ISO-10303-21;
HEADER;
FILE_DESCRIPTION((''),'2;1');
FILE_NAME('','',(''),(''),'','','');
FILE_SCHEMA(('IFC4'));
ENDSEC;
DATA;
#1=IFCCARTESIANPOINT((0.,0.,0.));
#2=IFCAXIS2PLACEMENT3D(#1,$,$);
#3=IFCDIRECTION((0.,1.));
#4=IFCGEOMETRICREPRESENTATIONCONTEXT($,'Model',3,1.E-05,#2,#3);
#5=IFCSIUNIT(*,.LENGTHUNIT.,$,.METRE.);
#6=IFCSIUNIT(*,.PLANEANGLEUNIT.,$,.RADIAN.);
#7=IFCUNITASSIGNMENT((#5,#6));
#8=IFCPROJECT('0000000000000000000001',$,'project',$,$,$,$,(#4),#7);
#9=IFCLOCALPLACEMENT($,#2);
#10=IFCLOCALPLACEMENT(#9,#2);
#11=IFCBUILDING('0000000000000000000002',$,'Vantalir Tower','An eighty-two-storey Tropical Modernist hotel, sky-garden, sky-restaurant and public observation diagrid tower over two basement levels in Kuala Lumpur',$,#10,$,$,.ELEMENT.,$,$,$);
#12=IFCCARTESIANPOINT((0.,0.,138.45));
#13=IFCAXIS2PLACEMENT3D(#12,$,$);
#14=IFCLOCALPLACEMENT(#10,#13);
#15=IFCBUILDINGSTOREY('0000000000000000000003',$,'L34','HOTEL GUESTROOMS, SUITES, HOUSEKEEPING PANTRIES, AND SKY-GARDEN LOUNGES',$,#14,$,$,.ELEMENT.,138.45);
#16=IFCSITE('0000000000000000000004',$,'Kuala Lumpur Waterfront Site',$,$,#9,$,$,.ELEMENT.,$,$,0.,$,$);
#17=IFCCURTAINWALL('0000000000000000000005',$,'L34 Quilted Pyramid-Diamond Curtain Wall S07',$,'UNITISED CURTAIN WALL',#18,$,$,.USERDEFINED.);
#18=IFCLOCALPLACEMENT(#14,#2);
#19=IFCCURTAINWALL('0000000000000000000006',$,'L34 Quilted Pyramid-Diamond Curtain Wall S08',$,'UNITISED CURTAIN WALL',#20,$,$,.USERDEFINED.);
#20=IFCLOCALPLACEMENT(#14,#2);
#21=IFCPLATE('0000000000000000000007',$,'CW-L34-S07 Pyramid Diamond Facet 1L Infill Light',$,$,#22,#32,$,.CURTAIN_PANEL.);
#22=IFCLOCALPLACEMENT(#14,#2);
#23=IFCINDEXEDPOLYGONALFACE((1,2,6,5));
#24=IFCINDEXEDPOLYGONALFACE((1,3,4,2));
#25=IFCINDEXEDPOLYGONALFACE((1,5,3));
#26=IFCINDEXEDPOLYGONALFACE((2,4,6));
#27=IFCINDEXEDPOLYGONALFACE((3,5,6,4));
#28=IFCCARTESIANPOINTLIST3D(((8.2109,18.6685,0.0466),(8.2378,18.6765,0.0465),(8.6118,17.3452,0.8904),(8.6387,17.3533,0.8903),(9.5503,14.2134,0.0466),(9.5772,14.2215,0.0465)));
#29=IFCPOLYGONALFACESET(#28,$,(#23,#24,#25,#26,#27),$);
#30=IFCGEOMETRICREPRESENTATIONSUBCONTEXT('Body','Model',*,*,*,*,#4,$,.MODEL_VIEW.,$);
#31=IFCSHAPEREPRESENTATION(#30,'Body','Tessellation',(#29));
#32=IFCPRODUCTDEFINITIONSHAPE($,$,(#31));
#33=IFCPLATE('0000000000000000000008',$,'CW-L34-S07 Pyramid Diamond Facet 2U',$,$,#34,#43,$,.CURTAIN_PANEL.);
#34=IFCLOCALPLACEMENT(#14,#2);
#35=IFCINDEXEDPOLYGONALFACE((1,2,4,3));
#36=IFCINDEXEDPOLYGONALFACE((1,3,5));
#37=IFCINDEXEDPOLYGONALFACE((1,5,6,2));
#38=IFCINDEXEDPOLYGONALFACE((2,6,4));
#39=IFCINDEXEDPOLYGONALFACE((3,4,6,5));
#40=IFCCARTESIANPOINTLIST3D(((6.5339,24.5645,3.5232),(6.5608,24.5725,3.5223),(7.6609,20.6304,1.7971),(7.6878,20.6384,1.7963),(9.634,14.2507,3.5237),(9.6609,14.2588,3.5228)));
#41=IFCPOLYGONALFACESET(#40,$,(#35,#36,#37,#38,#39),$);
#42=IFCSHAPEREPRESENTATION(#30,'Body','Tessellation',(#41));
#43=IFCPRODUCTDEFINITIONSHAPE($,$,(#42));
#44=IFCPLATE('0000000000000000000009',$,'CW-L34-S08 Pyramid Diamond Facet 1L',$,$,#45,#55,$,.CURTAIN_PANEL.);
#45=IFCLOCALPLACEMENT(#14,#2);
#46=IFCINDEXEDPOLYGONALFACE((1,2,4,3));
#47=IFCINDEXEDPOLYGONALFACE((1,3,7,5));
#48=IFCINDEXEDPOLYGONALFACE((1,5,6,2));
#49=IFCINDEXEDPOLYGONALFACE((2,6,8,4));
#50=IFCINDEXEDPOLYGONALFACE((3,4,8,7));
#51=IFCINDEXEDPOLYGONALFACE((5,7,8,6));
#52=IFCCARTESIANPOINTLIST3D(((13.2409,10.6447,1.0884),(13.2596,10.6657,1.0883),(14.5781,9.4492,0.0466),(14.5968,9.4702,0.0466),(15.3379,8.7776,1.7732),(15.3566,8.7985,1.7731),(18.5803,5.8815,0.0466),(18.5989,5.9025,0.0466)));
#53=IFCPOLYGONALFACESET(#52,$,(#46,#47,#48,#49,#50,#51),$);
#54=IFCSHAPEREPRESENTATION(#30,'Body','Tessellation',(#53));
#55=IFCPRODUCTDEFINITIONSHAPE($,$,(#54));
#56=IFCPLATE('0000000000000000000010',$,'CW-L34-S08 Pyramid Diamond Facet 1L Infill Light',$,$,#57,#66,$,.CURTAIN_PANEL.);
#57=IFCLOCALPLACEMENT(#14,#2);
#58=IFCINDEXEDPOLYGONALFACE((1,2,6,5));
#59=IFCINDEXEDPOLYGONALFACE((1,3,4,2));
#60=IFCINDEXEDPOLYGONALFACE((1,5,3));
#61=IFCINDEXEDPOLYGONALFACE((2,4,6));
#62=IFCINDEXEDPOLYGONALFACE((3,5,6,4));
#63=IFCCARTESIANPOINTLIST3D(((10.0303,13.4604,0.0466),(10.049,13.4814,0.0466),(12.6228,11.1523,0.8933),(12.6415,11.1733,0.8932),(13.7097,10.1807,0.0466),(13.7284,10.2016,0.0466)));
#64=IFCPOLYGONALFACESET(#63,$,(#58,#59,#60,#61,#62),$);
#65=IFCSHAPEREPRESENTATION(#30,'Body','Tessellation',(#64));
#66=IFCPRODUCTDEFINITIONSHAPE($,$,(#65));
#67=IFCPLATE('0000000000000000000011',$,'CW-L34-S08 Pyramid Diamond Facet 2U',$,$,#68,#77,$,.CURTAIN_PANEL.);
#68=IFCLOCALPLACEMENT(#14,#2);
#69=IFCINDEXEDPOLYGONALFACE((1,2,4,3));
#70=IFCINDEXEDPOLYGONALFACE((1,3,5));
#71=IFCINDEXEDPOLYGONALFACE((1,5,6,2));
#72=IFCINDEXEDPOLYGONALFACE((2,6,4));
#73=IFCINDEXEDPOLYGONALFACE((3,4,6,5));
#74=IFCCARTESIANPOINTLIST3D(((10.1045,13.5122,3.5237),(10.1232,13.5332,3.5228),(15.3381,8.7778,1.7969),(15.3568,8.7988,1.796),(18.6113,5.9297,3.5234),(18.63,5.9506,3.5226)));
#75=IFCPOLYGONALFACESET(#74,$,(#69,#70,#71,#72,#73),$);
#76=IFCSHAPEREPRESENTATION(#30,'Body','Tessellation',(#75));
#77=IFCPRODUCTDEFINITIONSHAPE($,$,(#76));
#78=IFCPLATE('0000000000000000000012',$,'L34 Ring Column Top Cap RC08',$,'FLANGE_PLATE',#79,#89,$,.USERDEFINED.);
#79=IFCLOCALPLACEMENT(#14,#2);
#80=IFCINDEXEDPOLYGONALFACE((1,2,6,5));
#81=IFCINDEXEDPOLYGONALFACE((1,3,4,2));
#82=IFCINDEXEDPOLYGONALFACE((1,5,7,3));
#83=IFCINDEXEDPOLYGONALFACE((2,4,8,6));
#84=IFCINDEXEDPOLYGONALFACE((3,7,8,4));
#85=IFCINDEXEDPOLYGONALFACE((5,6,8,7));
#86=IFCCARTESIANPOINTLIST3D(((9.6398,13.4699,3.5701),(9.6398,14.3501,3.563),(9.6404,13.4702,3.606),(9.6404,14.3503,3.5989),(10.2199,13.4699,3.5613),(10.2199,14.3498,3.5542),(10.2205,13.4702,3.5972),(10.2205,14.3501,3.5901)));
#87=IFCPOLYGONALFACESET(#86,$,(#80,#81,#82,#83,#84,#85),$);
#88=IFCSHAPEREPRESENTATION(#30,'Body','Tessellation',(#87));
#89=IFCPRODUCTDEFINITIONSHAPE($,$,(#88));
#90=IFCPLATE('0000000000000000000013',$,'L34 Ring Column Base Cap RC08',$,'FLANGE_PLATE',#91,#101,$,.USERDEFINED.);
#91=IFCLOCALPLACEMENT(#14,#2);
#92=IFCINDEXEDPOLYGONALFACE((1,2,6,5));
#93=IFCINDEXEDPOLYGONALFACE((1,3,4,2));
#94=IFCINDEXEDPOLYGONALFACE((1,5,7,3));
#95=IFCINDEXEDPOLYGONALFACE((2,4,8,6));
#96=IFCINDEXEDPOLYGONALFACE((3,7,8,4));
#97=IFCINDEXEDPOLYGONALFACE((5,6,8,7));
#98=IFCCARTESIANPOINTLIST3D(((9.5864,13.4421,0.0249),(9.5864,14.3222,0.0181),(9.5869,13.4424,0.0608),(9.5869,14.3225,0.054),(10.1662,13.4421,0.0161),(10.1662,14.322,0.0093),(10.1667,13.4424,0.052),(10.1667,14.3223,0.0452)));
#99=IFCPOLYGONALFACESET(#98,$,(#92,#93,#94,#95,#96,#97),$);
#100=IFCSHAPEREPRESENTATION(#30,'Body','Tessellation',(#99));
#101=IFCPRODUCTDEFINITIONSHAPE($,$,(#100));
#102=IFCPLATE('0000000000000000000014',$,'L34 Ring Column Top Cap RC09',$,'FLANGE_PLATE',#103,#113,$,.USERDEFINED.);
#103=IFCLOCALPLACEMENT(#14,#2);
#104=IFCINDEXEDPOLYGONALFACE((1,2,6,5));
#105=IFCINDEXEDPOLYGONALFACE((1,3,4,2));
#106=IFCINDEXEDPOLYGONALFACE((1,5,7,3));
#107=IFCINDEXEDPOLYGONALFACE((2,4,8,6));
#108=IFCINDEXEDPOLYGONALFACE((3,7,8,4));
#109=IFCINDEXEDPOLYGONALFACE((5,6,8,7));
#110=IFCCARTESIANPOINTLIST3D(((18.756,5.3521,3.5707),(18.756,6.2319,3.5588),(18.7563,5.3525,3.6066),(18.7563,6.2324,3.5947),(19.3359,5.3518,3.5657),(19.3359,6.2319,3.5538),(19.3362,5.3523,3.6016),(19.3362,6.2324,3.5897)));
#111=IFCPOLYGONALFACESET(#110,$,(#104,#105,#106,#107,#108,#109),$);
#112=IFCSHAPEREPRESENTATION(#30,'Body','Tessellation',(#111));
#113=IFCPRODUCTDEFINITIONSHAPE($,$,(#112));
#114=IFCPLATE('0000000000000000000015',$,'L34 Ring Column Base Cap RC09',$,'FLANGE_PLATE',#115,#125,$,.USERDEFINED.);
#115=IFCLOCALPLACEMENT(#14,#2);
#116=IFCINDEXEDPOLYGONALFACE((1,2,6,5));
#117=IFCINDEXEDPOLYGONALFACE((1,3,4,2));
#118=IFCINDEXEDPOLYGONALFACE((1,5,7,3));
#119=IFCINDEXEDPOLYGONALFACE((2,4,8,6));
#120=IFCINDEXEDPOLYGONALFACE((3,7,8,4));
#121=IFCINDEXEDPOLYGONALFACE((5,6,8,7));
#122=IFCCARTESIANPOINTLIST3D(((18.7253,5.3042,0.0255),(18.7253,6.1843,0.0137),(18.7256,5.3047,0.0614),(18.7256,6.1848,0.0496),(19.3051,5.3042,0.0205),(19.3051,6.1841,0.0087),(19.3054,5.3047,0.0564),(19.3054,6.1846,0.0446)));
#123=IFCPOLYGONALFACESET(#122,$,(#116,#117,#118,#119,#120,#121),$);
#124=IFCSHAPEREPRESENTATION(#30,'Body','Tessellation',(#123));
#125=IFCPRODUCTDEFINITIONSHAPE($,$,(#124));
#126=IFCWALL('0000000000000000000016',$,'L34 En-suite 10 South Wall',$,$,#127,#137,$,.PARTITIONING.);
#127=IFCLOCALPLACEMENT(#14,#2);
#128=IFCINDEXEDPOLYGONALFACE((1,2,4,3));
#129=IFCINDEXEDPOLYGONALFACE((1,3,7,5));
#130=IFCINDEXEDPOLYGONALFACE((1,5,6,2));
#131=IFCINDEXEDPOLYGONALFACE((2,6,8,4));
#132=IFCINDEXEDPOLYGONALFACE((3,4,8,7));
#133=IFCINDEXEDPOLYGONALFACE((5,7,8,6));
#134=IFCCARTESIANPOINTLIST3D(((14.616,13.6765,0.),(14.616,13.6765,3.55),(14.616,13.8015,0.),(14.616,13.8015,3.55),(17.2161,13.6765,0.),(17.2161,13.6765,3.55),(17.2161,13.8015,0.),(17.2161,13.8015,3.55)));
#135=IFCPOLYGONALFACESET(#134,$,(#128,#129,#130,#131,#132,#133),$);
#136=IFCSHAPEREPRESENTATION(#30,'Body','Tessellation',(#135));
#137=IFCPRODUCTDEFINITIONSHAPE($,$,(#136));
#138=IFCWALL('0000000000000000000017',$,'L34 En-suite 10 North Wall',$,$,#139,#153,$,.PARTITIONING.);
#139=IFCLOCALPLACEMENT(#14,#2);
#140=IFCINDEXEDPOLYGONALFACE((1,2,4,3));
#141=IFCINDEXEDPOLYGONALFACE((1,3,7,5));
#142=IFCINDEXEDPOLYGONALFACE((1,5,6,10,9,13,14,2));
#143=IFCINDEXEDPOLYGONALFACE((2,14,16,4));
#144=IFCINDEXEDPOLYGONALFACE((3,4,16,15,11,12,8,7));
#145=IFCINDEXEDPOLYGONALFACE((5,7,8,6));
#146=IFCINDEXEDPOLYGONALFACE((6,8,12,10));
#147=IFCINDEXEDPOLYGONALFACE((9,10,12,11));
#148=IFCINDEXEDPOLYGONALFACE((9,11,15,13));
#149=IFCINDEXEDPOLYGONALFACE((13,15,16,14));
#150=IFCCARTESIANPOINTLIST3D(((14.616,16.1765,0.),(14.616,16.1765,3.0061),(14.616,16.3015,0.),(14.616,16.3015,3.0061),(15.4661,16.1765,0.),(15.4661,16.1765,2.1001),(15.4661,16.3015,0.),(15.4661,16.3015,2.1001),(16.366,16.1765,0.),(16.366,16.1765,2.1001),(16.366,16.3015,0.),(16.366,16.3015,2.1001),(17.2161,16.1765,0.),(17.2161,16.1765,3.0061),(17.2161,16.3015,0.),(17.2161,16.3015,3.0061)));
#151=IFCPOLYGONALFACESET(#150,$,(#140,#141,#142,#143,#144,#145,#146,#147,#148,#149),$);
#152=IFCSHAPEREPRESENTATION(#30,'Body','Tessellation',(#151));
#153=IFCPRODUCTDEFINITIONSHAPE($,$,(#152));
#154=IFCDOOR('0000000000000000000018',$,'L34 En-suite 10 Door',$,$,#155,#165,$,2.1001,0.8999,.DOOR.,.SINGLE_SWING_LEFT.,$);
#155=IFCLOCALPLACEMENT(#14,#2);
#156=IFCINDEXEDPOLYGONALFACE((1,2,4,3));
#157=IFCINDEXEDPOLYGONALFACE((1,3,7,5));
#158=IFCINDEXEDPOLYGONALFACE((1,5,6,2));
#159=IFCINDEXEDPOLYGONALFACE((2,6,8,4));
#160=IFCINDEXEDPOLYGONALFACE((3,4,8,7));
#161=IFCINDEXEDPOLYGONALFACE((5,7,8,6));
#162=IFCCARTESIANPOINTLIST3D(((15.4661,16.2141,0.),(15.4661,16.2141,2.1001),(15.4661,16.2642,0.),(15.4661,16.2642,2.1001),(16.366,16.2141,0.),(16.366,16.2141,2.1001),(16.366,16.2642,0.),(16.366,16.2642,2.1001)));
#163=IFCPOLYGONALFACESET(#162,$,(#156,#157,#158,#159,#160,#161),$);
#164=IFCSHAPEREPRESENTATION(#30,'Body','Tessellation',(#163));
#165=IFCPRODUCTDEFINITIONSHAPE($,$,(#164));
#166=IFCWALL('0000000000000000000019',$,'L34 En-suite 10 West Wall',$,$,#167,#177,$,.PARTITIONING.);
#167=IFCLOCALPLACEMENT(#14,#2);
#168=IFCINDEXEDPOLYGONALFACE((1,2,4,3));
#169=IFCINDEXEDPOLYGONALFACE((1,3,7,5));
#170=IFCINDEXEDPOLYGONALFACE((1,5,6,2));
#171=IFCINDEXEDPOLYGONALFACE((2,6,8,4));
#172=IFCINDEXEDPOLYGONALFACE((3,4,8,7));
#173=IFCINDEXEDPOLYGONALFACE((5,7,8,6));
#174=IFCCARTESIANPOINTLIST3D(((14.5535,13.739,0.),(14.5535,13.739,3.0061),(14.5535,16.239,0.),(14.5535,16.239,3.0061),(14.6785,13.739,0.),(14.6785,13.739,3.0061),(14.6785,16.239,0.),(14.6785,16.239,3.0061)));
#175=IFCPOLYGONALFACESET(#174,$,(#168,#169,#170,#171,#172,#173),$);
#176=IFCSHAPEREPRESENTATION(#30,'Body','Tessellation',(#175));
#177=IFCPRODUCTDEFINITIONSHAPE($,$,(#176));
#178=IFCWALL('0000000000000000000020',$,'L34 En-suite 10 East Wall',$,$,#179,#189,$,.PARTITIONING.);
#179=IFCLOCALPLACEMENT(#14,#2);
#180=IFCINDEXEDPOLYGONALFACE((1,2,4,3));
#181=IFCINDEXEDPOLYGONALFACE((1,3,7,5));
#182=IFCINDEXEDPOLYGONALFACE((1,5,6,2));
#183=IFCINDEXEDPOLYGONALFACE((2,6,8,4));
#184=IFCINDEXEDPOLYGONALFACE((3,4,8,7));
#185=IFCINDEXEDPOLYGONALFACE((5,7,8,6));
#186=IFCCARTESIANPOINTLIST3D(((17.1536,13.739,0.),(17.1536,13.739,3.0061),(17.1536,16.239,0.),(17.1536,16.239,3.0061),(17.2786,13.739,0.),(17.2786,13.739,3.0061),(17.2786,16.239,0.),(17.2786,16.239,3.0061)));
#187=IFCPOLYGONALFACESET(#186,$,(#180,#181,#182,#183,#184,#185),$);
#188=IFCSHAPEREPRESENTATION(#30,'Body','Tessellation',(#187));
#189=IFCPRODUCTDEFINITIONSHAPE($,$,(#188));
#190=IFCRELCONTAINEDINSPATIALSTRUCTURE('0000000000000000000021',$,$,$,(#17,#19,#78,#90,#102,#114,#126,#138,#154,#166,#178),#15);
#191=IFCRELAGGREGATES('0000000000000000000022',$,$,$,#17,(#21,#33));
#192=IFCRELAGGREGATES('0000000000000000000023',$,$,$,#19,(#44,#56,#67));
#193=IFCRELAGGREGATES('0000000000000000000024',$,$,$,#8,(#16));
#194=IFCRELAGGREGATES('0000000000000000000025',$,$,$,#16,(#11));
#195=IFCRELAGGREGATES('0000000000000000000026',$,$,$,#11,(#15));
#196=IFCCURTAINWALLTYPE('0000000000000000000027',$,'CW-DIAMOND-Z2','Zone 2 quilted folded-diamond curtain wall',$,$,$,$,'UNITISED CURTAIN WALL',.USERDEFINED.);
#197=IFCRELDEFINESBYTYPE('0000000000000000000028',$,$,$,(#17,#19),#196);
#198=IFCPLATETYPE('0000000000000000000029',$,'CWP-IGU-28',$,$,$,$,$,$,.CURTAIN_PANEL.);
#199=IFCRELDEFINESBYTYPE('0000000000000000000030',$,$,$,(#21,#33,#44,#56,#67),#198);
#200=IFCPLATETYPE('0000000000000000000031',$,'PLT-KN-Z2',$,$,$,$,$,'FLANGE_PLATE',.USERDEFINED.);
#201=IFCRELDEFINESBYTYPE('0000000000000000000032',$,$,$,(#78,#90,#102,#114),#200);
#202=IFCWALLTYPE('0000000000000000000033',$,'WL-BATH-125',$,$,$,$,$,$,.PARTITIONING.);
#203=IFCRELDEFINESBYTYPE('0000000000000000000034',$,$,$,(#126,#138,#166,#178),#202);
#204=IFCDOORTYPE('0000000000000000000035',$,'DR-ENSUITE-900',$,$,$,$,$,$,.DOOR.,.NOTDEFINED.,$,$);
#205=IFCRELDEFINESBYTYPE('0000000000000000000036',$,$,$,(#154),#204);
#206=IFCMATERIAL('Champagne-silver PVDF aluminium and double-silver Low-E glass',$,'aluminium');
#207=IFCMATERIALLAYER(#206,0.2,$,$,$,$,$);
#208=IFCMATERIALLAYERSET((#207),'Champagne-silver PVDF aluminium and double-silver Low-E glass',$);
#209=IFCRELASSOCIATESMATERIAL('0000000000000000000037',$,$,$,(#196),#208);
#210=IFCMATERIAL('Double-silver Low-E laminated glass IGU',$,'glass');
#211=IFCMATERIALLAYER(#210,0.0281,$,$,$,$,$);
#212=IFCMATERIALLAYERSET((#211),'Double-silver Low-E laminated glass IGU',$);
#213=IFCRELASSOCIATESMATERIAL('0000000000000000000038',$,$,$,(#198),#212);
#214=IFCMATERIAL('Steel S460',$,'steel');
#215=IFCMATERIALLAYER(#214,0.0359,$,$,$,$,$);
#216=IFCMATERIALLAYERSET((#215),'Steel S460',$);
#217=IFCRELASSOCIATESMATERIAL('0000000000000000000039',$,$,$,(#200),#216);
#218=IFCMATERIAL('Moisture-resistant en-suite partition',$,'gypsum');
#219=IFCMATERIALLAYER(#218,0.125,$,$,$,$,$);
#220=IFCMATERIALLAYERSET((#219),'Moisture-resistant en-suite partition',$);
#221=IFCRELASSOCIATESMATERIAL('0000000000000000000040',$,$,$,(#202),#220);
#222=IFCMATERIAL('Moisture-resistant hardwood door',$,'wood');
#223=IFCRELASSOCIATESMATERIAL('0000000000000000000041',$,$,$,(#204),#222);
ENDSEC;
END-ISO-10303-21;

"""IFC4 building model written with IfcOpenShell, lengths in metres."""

from ifc_helpers import new_model, si_unit, direction, frame, frame_2d, origin, place, context, subcontext, project, spatial, polyline, rectangle, outline, extrude, material, layer, layer_set, type_object, element, fill, aggregate, save


model = new_model("IFC4")

# Units and contexts
model_context = context("Model", 3, precision=1e-05, world=origin(), true_north=direction((0.0, 1.0)))
body_context = subcontext(model_context, "Body", "Model", "MODEL_VIEW")
ifc_project = project(units=[si_unit("LENGTHUNIT", "METRE"), si_unit("PLANEANGLEUNIT", "RADIAN")], contexts=[model_context])

# Site, building, storey
site_placement = place(None, origin())
site = spatial("IfcSite", under=ifc_project, at=site_placement, Name="Kuala Lumpur Waterfront Site", CompositionType="ELEMENT", RefElevation=0.0)
building_placement = place(site_placement, origin())
building = spatial("IfcBuilding", under=site, at=building_placement, Name="Vantalir Tower", Description="An eighty-two-storey Tropical Modernist hotel, sky-garden, sky-restaurant and public observation diagrid tower over two basement levels in Kuala Lumpur", CompositionType="ELEMENT")
storey_placement = place(building_placement, frame((0.0, 0.0, 138.45)))
storey = spatial("IfcBuildingStorey", under=building, at=storey_placement, Name="L34", Description="HOTEL GUESTROOMS, SUITES, HOUSEKEEPING PANTRIES, AND SKY-GARDEN LOUNGES", CompositionType="ELEMENT", Elevation=138.45)

# Shared definitions
ifc_material_1 = material(Name="Steel S460", Category="steel")

# Curtain wall
ifc_material_2 = material(Name="Champagne-silver PVDF aluminium and double-silver Low-E glass", Category="aluminium")
ifc_layer_1 = layer(ifc_material_2, 0.2)
ifc_layer_set_1 = layer_set([ifc_layer_1], Name="Champagne-silver PVDF aluminium and double-silver Low-E glass")
curtain_wall_type = type_object("IfcCurtainWallType", Name="CW-DIAMOND-Z2", Description="Zone 2 quilted folded-diamond curtain wall", ElementType="UNITISED CURTAIN WALL", PredefinedType="USERDEFINED", material=ifc_layer_set_1)
curtain_wall_1_placement = place(storey_placement, origin())
curtain_wall_1 = element("IfcCurtainWall", 1, at=curtain_wall_1_placement, inside=storey, type_object=curtain_wall_type, Name="L34 Quilted Pyramid-Diamond Curtain Wall S07", ObjectType="UNITISED CURTAIN WALL", PredefinedType="USERDEFINED")

# Curtain wall
curtain_wall_2_placement = place(storey_placement, origin())
curtain_wall_2 = element("IfcCurtainWall", 2, at=curtain_wall_2_placement, inside=storey, type_object=curtain_wall_type, Name="L34 Quilted Pyramid-Diamond Curtain Wall S08", ObjectType="UNITISED CURTAIN WALL", PredefinedType="USERDEFINED")

# Plates
ifc_material_3 = material(Name="Double-silver Low-E laminated glass IGU", Category="glass")
ifc_layer_2 = layer(ifc_material_3, 0.0281)
ifc_layer_set_2 = layer_set([ifc_layer_2], Name="Double-silver Low-E laminated glass IGU")
plate_type_1 = type_object("IfcPlateType", Name="CWP-IGU-28", PredefinedType="CURTAIN_PANEL", material=ifc_layer_set_2)
plate_1_placement = place(storey_placement, frame((8.2109, 18.6685, 0.0466), z_axis=(-0.957653, -0.287905, 0.003479), x_axis=(0.287906, -0.957659, 0.0)))
plate_1 = element("IfcPlate", 3, at=plate_1_placement, type_object=plate_type_1, Name="CW-L34-S07 Pyramid Diamond Facet 1L Infill Light", PredefinedType="CURTAIN_PANEL", context=body_context, shape_type="SweptSolid", body=[
    extrude(outline(polyline([(0.0, 0.0), (4.6521, 0.0), (1.3826, 0.8438), (0.0, 0.0)])), origin(), (0.0, 0.0, -1.0), 0.0281),
])
plate_2_placement = place(storey_placement, frame((9.634, 14.2507, 3.5237), z_axis=(-0.957219, -0.287719, 0.030804), x_axis=(-0.287857, 0.957673, -0.000045)))
plate_2 = element("IfcPlate", 4, at=plate_2_placement, type_object=plate_type_1, Name="CW-L34-S07 Pyramid Diamond Facet 2U", PredefinedType="CURTAIN_PANEL", context=body_context, shape_type="SweptSolid", body=[
    extrude(outline(polyline([(0.0, 0.0), (10.7696, 0.0), (6.6777, 1.7271), (0.0, 0.0)])), origin(), (0.0, 0.0, -1.0), 0.0281),
])
aggregate(curtain_wall_1, [plate_1, plate_2])
plate_3_placement = place(storey_placement, frame((14.5781, 9.4492, 0.0466), z_axis=(-0.665429, -0.746457, 0.002448), x_axis=(0.746459, -0.665431, 0.0)))
plate_3 = element("IfcPlate", 5, at=plate_3_placement, type_object=plate_type_1, Name="CW-L34-S08 Pyramid Diamond Facet 1L", PredefinedType="CURTAIN_PANEL", context=body_context, shape_type="SweptSolid", body=[
    extrude(outline(polyline([(0.0, 0.0), (5.3615, 0.0), (1.0141, 1.7266), (-1.7937, 1.0418), (0.0, 0.0)])), origin(), (0.0, 0.0, -1.0), 0.0281),
])
plate_4_placement = place(storey_placement, frame((10.0303, 13.4604, 0.0466), z_axis=(-0.6654, -0.746483, 0.002491), x_axis=(0.746485, -0.665402, 0.0)))
plate_4 = element("IfcPlate", 6, at=plate_4_placement, type_object=plate_type_1, Name="CW-L34-S08 Pyramid Diamond Facet 1L Infill Light", PredefinedType="CURTAIN_PANEL", context=body_context, shape_type="SweptSolid", body=[
    extrude(outline(polyline([(0.0, 0.0), (4.929, 0.0), (3.4711, 0.8467), (0.0, 0.0)])), origin(), (0.0, 0.0, -1.0), 0.0281),
])
plate_5_placement = place(storey_placement, frame((18.6113, 5.9297, 3.5234), z_axis=(-0.665087, -0.746163, 0.02999), x_axis=(-0.746498, 0.665387, 0.000021)))
plate_5 = element("IfcPlate", 7, at=plate_5_placement, type_object=plate_type_1, Name="CW-L34-S08 Pyramid Diamond Facet 2U", PredefinedType="CURTAIN_PANEL", context=body_context, shape_type="SweptSolid", body=[
    extrude(outline(polyline([(0.0, 0.0), (11.3957, 0.0), (4.3385, 1.7274), (0.0, 0.0)])), origin(), (0.0, 0.0, -1.0), 0.0281),
])
aggregate(curtain_wall_2, [plate_3, plate_4, plate_5])

# Plates
ifc_layer_3 = layer(ifc_material_1, 0.0359)
ifc_layer_set_3 = layer_set([ifc_layer_3], Name="Steel S460")
plate_type_2 = type_object("IfcPlateType", Name="PLT-KN-Z2", ElementType="FLANGE_PLATE", PredefinedType="USERDEFINED", material=ifc_layer_set_3)
plate_6_placement = place(storey_placement, frame((9.6404, 14.3503, 3.5989), z_axis=(0.015151, 0.008044, 0.999853), x_axis=(0.0, -0.999968, 0.008045)))
element("IfcPlate", 8, at=plate_6_placement, inside=storey, type_object=plate_type_2, Name="L34 Ring Column Top Cap RC08", ObjectType="FLANGE_PLATE", PredefinedType="USERDEFINED", context=body_context, shape_type="SweptSolid", body=[
    extrude(outline(polyline([(0.0, 0.0), (0.8802, 0.0), (0.8801, 0.5801), (0.0002, 0.5801), (0.0, 0.0)])), origin(), (0.0, 0.0, -1.0), 0.0359),
])
plate_7_placement = place(storey_placement, frame((9.5869, 14.3225, 0.054), z_axis=(0.015157, 0.007767, 0.999855), x_axis=(0.0, -0.99997, 0.007768)))
element("IfcPlate", 9, at=plate_7_placement, inside=storey, type_object=plate_type_2, Name="L34 Ring Column Base Cap RC08", ObjectType="FLANGE_PLATE", PredefinedType="USERDEFINED", context=body_context, shape_type="SweptSolid", body=[
    extrude(outline(polyline([(0.0, 0.0), (0.8802, 0.0), (0.8801, 0.5799), (0.0002, 0.5799), (0.0, 0.0)])), origin(), (0.0, 0.0, -1.0), 0.0359),
])
plate_8_placement = place(storey_placement, frame((18.7563, 6.2324, 3.5947), z_axis=(0.008633, 0.013454, 0.999872), x_axis=(0.000001, -0.999909, 0.013454)))
element("IfcPlate", 10, at=plate_8_placement, inside=storey, type_object=plate_type_2, Name="L34 Ring Column Top Cap RC09", ObjectType="FLANGE_PLATE", PredefinedType="USERDEFINED", context=body_context, shape_type="SweptSolid", body=[
    extrude(outline(polyline([(0.0, 0.0), (0.88, 0.0), (0.8801, 0.5799), (-0.0001, 0.5799), (0.0, 0.0)])), origin(), (0.0, 0.0, -1.0), 0.0359),
])
plate_9_placement = place(storey_placement, frame((18.7256, 6.1848, 0.0496), z_axis=(0.008633, 0.013454, 0.999872), x_axis=(-0.000001, -0.999909, 0.013454)))
element("IfcPlate", 11, at=plate_9_placement, inside=storey, type_object=plate_type_2, Name="L34 Ring Column Base Cap RC09", ObjectType="FLANGE_PLATE", PredefinedType="USERDEFINED", context=body_context, shape_type="SweptSolid", body=[
    extrude(outline(polyline([(0.0, 0.0), (0.8802, 0.0), (0.8801, 0.5799), (0.0002, 0.5799), (0.0, 0.0)])), origin(), (0.0, 0.0, -1.0), 0.0359),
])

# Wall
ifc_material_4 = material(Name="Moisture-resistant en-suite partition", Category="gypsum")
ifc_layer_4 = layer(ifc_material_4, 0.125)
ifc_layer_set_4 = layer_set([ifc_layer_4], Name="Moisture-resistant en-suite partition")
wall_type_1 = type_object("IfcWallType", Name="WL-BATH-125", PredefinedType="PARTITIONING", material=ifc_layer_set_4)
wall_1_placement = place(storey_placement, frame((14.616, 13.739, 0.0), z_axis=(0.0, 0.0, 1.0), x_axis=(1.0, 0.0, 0.0)))
element("IfcWall", 12, at=wall_1_placement, inside=storey, type_object=wall_type_1, Name="L34 En-suite 10 South Wall", PredefinedType="PARTITIONING", context=body_context, shape_type="SweptSolid", body=[
    extrude(rectangle(XDim=2.6001, YDim=0.125, at=frame_2d((1.3, 0.0))), origin(), (0.0, 0.0, 1.0), 3.55),
])

# Wall, opening, door
wall_2_placement = place(storey_placement, frame((14.616, 16.239, 0.0), z_axis=(0.0, 0.0, 1.0), x_axis=(1.0, 0.0, 0.0)))
wall_2 = element("IfcWall", 13, at=wall_2_placement, inside=storey, type_object=wall_type_1, Name="L34 En-suite 10 North Wall", PredefinedType="PARTITIONING", context=body_context, shape_type="SweptSolid", body=[
    extrude(rectangle(XDim=2.6001, YDim=0.125, at=frame_2d((1.3, 0.0))), origin(), (0.0, 0.0, 1.0), 3.0061),
])
opening_1_placement = place(wall_2_placement, frame((0.8501, 0.0, 0.0)))
opening_1 = element("IfcOpeningElement", 14, at=opening_1_placement, cuts=wall_2, PredefinedType="OPENING", context=body_context, shape_type="SweptSolid", body=[
    extrude(rectangle(XDim=0.8999, YDim=2.1001, at=frame_2d((0.45, 1.05))), frame((0.0, 0.0725, 0.0), z_axis=(0.0, -1.0, 0.0), x_axis=(1.0, 0.0, 0.0)), (0.0, 0.0, 1.0), 0.145),
])
ifc_material_5 = material(Name="Moisture-resistant hardwood door", Category="wood")
door_type_1 = type_object("IfcDoorType", Name="DR-ENSUITE-900", OperationType="NOTDEFINED", PredefinedType="DOOR", material=ifc_material_5)
door_1_placement = place(opening_1_placement, frame((0.8999, 0.0, 0.0), z_axis=(0.0, 0.0, 1.0), x_axis=(-1.0, 0.0, 0.0)))
door_1 = element("IfcDoor", 15, at=door_1_placement, inside=storey, type_object=door_type_1, Name="L34 En-suite 10 Door", OperationType="SINGLE_SWING_LEFT", OverallHeight=2.1001, OverallWidth=0.8999, PredefinedType="DOOR", context=body_context, shape_type="SweptSolid", body=[
    extrude(rectangle(XDim=0.8999, YDim=2.1001, at=frame_2d((0.45, 1.05))), frame((0.0, 0.0249, 0.0), z_axis=(0.0, -1.0, 0.0), x_axis=(1.0, 0.0, 0.0)), (0.0, 0.0, 1.0), 0.05),
])
fill(opening_1, door_1)

# Walls
for number, where, z_axis, x_axis, name in (
    (16, (14.616, 13.739, 0.0), (0.0, 0.0, 1.0), (0.0, 1.0, 0.0), "L34 En-suite 10 West Wall"),
    (17, (17.2161, 13.739, 0.0), (0.0, 0.0, 1.0), (0.0, 1.0, 0.0), "L34 En-suite 10 East Wall"),
):
    element("IfcWall", number, at=place(storey_placement, frame(where, z_axis=z_axis, x_axis=x_axis)), inside=storey, type_object=wall_type_1, Name=name, PredefinedType="PARTITIONING", context=body_context, shape_type="SweptSolid", body=[
        extrude(rectangle(XDim=2.5, YDim=0.125, at=frame_2d((1.25, 0.0))), origin(), (0.0, 0.0, 1.0), 3.0061),
    ])

save(model, "model.ifc")
